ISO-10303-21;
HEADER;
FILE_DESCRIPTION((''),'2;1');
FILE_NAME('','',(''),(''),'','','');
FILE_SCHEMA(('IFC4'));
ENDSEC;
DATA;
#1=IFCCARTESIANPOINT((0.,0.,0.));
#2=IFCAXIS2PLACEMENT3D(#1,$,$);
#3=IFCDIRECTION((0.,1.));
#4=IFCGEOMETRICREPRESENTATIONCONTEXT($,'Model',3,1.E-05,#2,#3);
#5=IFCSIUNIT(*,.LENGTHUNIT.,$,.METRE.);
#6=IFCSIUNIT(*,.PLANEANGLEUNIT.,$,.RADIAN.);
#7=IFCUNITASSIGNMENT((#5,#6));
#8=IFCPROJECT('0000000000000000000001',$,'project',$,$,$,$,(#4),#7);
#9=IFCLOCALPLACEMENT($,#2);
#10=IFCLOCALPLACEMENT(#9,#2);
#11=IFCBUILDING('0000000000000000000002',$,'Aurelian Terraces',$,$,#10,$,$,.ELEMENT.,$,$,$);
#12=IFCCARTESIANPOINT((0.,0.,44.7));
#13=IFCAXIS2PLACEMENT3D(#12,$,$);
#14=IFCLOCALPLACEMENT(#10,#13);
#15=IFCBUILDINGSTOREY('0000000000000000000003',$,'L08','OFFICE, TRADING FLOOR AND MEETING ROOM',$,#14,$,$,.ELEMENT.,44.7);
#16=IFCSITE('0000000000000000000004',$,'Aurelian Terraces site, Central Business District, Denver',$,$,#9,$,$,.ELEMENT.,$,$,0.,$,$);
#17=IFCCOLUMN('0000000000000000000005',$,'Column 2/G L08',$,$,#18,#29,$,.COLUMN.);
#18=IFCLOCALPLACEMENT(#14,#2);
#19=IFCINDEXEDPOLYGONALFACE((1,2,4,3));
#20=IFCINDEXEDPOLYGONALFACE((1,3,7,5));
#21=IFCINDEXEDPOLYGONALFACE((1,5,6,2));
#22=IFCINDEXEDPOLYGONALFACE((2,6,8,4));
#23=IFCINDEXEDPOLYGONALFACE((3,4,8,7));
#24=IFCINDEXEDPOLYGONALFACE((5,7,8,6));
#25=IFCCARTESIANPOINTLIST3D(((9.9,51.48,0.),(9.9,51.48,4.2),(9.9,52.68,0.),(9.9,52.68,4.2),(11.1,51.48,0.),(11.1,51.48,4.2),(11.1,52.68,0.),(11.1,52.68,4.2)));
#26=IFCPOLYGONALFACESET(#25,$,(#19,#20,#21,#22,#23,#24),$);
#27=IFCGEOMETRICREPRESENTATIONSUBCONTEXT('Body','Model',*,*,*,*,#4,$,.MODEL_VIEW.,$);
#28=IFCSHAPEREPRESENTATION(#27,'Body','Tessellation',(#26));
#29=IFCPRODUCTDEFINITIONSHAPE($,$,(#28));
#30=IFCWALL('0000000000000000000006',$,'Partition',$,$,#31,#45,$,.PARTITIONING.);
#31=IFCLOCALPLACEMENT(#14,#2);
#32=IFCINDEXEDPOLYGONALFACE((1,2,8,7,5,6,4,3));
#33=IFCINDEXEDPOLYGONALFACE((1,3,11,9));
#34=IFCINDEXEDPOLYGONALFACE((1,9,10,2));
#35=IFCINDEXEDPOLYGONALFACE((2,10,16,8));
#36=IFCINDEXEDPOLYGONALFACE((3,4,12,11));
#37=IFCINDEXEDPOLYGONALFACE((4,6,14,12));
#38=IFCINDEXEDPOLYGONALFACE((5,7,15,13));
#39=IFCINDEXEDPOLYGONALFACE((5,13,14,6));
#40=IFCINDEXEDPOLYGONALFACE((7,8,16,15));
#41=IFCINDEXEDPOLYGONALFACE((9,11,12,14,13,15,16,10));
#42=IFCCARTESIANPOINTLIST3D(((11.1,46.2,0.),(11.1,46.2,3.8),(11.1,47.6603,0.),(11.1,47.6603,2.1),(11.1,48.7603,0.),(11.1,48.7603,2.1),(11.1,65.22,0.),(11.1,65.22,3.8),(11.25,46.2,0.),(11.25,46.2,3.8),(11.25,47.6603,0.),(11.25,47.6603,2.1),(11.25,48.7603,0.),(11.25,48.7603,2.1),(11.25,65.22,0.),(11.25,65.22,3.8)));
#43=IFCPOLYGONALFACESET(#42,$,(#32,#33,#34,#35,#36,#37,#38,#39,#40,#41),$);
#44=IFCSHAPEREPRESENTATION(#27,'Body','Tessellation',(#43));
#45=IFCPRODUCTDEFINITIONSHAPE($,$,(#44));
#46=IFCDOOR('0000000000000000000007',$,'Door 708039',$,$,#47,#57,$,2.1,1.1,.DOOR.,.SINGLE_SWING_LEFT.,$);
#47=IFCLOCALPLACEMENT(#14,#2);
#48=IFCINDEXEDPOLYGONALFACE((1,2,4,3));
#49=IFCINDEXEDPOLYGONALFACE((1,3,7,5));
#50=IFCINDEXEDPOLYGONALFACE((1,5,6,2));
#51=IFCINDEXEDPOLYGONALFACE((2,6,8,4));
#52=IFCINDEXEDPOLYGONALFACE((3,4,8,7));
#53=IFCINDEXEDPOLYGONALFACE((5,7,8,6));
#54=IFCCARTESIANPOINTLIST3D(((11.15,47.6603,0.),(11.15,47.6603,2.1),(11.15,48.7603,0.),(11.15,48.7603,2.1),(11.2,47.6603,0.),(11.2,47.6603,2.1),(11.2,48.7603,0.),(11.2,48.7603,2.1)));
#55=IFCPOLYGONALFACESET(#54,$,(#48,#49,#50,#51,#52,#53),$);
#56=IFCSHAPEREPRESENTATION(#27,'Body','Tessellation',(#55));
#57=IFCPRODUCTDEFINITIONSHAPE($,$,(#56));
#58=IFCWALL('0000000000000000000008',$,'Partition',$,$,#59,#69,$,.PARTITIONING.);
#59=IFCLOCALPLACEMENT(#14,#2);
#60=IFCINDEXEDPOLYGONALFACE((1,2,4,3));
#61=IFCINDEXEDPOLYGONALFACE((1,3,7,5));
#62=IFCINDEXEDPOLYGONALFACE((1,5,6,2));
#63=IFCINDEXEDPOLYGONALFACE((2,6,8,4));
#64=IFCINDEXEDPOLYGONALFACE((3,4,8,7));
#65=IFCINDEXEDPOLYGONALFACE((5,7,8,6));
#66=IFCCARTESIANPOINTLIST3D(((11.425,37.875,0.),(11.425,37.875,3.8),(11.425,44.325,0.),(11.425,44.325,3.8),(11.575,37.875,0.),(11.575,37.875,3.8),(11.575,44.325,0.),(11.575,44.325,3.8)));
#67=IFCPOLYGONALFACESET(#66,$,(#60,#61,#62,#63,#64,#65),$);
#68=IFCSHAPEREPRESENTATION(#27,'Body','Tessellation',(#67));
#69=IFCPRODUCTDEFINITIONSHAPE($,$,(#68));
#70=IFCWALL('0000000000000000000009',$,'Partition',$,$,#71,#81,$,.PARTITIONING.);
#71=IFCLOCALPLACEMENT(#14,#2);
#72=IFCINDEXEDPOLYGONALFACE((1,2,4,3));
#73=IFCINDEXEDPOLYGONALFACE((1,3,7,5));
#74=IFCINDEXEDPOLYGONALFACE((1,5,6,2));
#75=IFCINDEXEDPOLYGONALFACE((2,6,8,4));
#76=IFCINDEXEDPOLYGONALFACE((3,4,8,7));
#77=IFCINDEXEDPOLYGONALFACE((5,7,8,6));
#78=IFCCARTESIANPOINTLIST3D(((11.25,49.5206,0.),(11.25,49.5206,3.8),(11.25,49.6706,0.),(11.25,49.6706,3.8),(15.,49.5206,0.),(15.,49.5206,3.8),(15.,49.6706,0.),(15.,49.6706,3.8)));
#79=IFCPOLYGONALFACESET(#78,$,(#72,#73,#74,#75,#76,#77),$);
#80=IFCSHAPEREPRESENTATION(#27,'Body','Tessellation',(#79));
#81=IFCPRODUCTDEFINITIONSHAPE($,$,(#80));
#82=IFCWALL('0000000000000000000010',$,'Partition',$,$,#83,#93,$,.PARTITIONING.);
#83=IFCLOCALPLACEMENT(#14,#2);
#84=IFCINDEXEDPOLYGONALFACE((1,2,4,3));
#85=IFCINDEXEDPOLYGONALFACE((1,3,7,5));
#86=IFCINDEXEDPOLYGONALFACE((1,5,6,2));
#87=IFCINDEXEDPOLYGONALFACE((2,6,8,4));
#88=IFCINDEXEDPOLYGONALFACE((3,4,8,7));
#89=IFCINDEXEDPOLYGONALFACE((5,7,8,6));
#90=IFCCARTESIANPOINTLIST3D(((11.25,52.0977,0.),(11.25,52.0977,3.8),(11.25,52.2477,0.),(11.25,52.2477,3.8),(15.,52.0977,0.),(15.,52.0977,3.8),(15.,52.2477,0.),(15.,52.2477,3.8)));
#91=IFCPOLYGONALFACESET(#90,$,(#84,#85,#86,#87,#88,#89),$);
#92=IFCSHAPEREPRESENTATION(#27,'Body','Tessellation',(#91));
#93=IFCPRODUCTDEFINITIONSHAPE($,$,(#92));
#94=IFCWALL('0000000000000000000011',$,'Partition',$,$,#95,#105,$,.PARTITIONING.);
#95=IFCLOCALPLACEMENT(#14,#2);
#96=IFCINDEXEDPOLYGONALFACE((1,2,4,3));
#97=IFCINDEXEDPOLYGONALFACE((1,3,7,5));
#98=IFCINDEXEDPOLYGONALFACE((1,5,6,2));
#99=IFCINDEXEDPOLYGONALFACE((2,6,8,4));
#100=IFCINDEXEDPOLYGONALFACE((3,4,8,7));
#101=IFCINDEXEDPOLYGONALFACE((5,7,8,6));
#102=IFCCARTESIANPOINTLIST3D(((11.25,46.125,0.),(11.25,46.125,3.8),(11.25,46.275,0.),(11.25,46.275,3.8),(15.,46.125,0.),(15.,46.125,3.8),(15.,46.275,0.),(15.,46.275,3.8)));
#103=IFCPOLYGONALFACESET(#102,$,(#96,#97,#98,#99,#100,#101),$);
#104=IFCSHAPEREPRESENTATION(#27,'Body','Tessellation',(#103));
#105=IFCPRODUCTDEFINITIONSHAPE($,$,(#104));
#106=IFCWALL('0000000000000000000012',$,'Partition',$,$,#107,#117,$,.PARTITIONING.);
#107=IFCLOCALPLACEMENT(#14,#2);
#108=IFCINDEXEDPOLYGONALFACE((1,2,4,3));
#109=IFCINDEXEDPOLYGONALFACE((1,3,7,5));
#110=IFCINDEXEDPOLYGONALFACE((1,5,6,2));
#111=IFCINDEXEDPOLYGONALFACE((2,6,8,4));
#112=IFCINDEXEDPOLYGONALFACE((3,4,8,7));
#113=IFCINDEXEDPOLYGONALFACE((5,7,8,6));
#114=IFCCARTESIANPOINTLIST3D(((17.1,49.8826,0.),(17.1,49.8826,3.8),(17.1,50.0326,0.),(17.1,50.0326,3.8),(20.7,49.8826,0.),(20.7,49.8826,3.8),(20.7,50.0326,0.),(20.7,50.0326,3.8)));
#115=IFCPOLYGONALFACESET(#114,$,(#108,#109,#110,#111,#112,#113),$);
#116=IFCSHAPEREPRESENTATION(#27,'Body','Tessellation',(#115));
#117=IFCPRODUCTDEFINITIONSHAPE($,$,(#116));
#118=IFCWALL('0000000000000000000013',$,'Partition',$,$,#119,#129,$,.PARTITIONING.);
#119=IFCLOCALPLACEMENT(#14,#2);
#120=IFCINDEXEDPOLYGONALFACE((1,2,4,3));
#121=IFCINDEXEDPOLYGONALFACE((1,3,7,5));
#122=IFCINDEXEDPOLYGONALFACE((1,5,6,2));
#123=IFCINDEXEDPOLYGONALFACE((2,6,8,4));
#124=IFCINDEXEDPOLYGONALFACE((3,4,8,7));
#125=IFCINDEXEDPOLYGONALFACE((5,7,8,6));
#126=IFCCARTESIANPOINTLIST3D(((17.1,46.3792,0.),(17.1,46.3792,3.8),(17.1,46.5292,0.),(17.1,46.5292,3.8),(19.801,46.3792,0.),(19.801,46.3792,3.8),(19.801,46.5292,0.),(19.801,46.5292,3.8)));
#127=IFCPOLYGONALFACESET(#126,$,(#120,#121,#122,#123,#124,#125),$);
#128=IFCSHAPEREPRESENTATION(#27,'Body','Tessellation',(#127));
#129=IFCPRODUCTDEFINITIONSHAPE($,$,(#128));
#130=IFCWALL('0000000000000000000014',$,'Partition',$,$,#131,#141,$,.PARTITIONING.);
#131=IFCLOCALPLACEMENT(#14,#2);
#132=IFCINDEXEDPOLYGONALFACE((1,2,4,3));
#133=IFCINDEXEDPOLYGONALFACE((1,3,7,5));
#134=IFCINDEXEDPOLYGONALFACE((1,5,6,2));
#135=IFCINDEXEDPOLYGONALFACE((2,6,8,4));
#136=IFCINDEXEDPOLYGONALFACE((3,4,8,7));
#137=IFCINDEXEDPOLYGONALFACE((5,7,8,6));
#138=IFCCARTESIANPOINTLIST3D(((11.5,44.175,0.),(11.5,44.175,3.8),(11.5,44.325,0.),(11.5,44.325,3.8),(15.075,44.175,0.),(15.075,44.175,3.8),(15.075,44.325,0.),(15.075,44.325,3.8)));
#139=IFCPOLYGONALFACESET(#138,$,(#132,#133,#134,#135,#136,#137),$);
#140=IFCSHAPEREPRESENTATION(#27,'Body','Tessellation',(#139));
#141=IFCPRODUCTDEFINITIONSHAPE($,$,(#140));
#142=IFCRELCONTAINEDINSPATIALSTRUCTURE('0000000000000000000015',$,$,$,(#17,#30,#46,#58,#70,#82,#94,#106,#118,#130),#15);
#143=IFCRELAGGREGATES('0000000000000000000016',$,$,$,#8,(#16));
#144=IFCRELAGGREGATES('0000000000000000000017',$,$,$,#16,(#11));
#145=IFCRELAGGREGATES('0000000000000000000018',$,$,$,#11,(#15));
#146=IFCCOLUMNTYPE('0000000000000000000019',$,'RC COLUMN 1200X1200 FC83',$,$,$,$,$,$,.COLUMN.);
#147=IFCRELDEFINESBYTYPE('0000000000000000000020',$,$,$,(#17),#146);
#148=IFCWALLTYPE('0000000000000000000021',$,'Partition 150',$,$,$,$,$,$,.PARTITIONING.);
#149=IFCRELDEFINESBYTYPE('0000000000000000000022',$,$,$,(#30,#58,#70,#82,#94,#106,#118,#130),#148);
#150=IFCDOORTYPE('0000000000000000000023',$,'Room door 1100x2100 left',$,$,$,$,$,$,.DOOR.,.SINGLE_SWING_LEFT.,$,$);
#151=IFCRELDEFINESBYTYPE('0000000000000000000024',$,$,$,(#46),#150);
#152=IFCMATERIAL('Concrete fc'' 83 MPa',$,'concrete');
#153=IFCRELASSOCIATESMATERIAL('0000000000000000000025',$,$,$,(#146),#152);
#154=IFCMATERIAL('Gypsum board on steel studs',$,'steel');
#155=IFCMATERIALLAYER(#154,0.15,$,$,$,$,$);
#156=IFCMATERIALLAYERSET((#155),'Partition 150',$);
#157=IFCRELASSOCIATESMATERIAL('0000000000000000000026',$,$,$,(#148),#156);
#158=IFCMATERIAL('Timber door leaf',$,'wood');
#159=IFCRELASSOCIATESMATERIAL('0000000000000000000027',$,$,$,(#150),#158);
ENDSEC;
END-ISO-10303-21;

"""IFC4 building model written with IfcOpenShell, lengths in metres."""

from ifc_helpers import new_model, si_unit, direction, frame, frame_2d, origin, origin_2d, place, context, subcontext, project, spatial, rectangle, extrude, source, transform, mapped, material, layer, layer_set, material_profile, profile_set, type_object, element, fill, save


model = new_model("IFC4")

# Units and contexts
model_context = context("Model", 3, precision=1e-05, world=origin(), true_north=direction((0.0, 1.0)))
body_context = subcontext(model_context, "Body", "Model", "MODEL_VIEW")
ifc_project = project(units=[si_unit("LENGTHUNIT", "METRE"), si_unit("PLANEANGLEUNIT", "RADIAN")], contexts=[model_context])

# Site, building, storey
site_placement = place(None, origin())
site = spatial("IfcSite", under=ifc_project, at=site_placement, Name="Aurelian Terraces site, Central Business District, Denver", CompositionType="ELEMENT", RefElevation=0.0)
building_placement = place(site_placement, origin())
building = spatial("IfcBuilding", under=site, at=building_placement, Name="Aurelian Terraces", CompositionType="ELEMENT")
storey_placement = place(building_placement, frame((0.0, 0.0, 44.7)))
storey = spatial("IfcBuildingStorey", under=building, at=storey_placement, Name="L08", Description="OFFICE, TRADING FLOOR AND MEETING ROOM", CompositionType="ELEMENT", Elevation=44.7)

# Column
ifc_material_1 = material(Name="Concrete fc' 83 MPa", Category="concrete")
ifc_material_profile = material_profile(ifc_material_1, rectangle(XDim=1.2, YDim=1.2, at=origin_2d()))
ifc_profile_set = profile_set([ifc_material_profile], Name="Concrete fc' 83 MPa")
column_type = type_object("IfcColumnType", Name="RC COLUMN 1200X1200 FC83", PredefinedType="COLUMN", material=ifc_profile_set)
shared_shape_1 = source(origin(), body_context, "Body", "SweptSolid", [
    extrude(rectangle(XDim=1.2, YDim=1.2, at=origin_2d()), origin(), (0.0, 0.0, 1.0), 4.2),
])
column_placement = place(storey_placement, frame((10.5, 52.08, 0.0), z_axis=(0.0, 0.0, 1.0), x_axis=(1.0, 0.0, 0.0)))
element("IfcColumn", 1, at=column_placement, inside=storey, type_object=column_type, Name="Column 2/G L08", PredefinedType="COLUMN", context=body_context, shape_type="MappedRepresentation", body=[
    mapped(shared_shape_1, transform((0.0, 0.0, 0.0), scale=1.0)),
])

# Wall, opening, door
ifc_material_2 = material(Name="Gypsum board on steel studs", Category="steel")
ifc_layer_1 = layer(ifc_material_2, 0.15)
ifc_layer_set_1 = layer_set([ifc_layer_1], Name="Partition 150")
wall_type_1 = type_object("IfcWallType", Name="Partition 150", PredefinedType="PARTITIONING", material=ifc_layer_set_1)
wall_1_placement = place(storey_placement, frame((11.175, 46.2, 0.0), z_axis=(0.0, 0.0, 1.0), x_axis=(0.0, 1.0, 0.0)))
wall_1 = element("IfcWall", 2, at=wall_1_placement, inside=storey, type_object=wall_type_1, Name="Partition", PredefinedType="PARTITIONING", context=body_context, shape_type="SweptSolid", body=[
    extrude(rectangle(XDim=19.02, YDim=0.15, at=frame_2d((9.51, 0.0))), origin(), (0.0, 0.0, 1.0), 3.8),
])
shared_shape_2 = source(origin(), body_context, "Body", "SweptSolid", [
    extrude(rectangle(XDim=1.1, YDim=2.1, at=frame_2d((0.55, 1.05))), frame((0.0, 0.085, 0.0), z_axis=(0.0, -1.0, 0.0), x_axis=(1.0, 0.0, 0.0)), (0.0, 0.0, 1.0), 0.17),
])
opening_1_placement = place(wall_1_placement, frame((1.4603, 0.0, 0.0)))
opening_1 = element("IfcOpeningElement", 3, at=opening_1_placement, cuts=wall_1, PredefinedType="OPENING", context=body_context, shape_type="MappedRepresentation", body=[
    mapped(shared_shape_2, transform((0.0, 0.0, 0.0), scale=1.0)),
])
ifc_material_3 = material(Name="Timber door leaf", Category="wood")
door_type_1 = type_object("IfcDoorType", Name="Room door 1100x2100 left", OperationType="SINGLE_SWING_LEFT", PredefinedType="DOOR", material=ifc_material_3)
shared_shape_3 = source(origin(), body_context, "Body", "SweptSolid", [
    extrude(rectangle(XDim=1.1, YDim=2.1, at=frame_2d((0.55, 1.05))), frame((0.0, 0.025, 0.0), z_axis=(0.0, -1.0, 0.0), x_axis=(1.0, 0.0, 0.0)), (0.0, 0.0, 1.0), 0.05),
])
door_1_placement = place(opening_1_placement, origin())
door_1 = element("IfcDoor", 4, at=door_1_placement, inside=storey, type_object=door_type_1, Name="Door 708039", OperationType="SINGLE_SWING_LEFT", OverallHeight=2.1, OverallWidth=1.1, PredefinedType="DOOR", context=body_context, shape_type="MappedRepresentation", body=[
    mapped(shared_shape_3, transform((0.0, 0.0, 0.0), scale=1.0)),
])
fill(opening_1, door_1)

# Walls
shared_shape_4 = source(origin(), body_context, "Body", "SweptSolid", [
    extrude(rectangle(XDim=6.45, YDim=0.15, at=frame_2d((3.225, 0.0))), origin(), (0.0, 0.0, 1.0), 3.8),
])
wall_2_placement = place(storey_placement, frame((11.5, 44.325, 0.0), z_axis=(0.0, 0.0, 1.0), x_axis=(0.0, -1.0, 0.0)))
element("IfcWall", 5, at=wall_2_placement, inside=storey, type_object=wall_type_1, Name="Partition", PredefinedType="PARTITIONING", context=body_context, shape_type="MappedRepresentation", body=[
    mapped(shared_shape_4, transform((0.0, 0.0, 0.0), scale=1.0)),
])
shared_shape_5 = source(origin(), body_context, "Body", "SweptSolid", [
    extrude(rectangle(XDim=3.75, YDim=0.15, at=frame_2d((1.875, 0.0))), origin(), (0.0, 0.0, 1.0), 3.8),
])
for number, where, z_axis, x_axis, name in (
    (6, (15.0, 49.5956, 0.0), (0.0, 0.0, 1.0), (-1.0, 0.0, 0.0), "Partition"),
    (7, (15.0, 52.1727, 0.0), (0.0, 0.0, 1.0), (-1.0, 0.0, 0.0), "Partition"),
    (8, (15.0, 46.2, 0.0), (0.0, 0.0, 1.0), (-1.0, 0.0, 0.0), "Partition"),
):
    element("IfcWall", number, at=place(storey_placement, frame(where, z_axis=z_axis, x_axis=x_axis)), inside=storey, type_object=wall_type_1, Name=name, PredefinedType="PARTITIONING", context=body_context, shape_type="MappedRepresentation", body=[
        mapped(shared_shape_5, transform((0.0, 0.0, 0.0), scale=1.0)),
    ])
shared_shape_6 = source(origin(), body_context, "Body", "SweptSolid", [
    extrude(rectangle(XDim=3.6, YDim=0.15, at=frame_2d((1.8, 0.0))), origin(), (0.0, 0.0, 1.0), 3.8),
])
wall_3_placement = place(storey_placement, frame((17.1, 49.9576, 0.0), z_axis=(0.0, 0.0, 1.0), x_axis=(1.0, 0.0, 0.0)))
element("IfcWall", 9, at=wall_3_placement, inside=storey, type_object=wall_type_1, Name="Partition", PredefinedType="PARTITIONING", context=body_context, shape_type="MappedRepresentation", body=[
    mapped(shared_shape_6, transform((0.0, 0.0, 0.0), scale=1.0)),
])
shared_shape_7 = source(origin(), body_context, "Body", "SweptSolid", [
    extrude(rectangle(XDim=2.701, YDim=0.15, at=frame_2d((1.3505, 0.0))), origin(), (0.0, 0.0, 1.0), 3.8),
])
wall_4_placement = place(storey_placement, frame((17.1, 46.4542, 0.0), z_axis=(0.0, 0.0, 1.0), x_axis=(1.0, 0.0, 0.0)))
element("IfcWall", 10, at=wall_4_placement, inside=storey, type_object=wall_type_1, Name="Partition", PredefinedType="PARTITIONING", context=body_context, shape_type="MappedRepresentation", body=[
    mapped(shared_shape_7, transform((0.0, 0.0, 0.0), scale=1.0)),
])
shared_shape_8 = source(origin(), body_context, "Body", "SweptSolid", [
    extrude(rectangle(XDim=3.575, YDim=0.15, at=frame_2d((1.7875, 0.0))), origin(), (0.0, 0.0, 1.0), 3.8),
])
wall_5_placement = place(storey_placement, frame((15.075, 44.25, 0.0), z_axis=(0.0, 0.0, 1.0), x_axis=(-1.0, 0.0, 0.0)))
element("IfcWall", 11, at=wall_5_placement, inside=storey, type_object=wall_type_1, Name="Partition", PredefinedType="PARTITIONING", context=body_context, shape_type="MappedRepresentation", body=[
    mapped(shared_shape_8, transform((0.0, 0.0, 0.0), scale=1.0)),
])

save(model, "model.ifc")
